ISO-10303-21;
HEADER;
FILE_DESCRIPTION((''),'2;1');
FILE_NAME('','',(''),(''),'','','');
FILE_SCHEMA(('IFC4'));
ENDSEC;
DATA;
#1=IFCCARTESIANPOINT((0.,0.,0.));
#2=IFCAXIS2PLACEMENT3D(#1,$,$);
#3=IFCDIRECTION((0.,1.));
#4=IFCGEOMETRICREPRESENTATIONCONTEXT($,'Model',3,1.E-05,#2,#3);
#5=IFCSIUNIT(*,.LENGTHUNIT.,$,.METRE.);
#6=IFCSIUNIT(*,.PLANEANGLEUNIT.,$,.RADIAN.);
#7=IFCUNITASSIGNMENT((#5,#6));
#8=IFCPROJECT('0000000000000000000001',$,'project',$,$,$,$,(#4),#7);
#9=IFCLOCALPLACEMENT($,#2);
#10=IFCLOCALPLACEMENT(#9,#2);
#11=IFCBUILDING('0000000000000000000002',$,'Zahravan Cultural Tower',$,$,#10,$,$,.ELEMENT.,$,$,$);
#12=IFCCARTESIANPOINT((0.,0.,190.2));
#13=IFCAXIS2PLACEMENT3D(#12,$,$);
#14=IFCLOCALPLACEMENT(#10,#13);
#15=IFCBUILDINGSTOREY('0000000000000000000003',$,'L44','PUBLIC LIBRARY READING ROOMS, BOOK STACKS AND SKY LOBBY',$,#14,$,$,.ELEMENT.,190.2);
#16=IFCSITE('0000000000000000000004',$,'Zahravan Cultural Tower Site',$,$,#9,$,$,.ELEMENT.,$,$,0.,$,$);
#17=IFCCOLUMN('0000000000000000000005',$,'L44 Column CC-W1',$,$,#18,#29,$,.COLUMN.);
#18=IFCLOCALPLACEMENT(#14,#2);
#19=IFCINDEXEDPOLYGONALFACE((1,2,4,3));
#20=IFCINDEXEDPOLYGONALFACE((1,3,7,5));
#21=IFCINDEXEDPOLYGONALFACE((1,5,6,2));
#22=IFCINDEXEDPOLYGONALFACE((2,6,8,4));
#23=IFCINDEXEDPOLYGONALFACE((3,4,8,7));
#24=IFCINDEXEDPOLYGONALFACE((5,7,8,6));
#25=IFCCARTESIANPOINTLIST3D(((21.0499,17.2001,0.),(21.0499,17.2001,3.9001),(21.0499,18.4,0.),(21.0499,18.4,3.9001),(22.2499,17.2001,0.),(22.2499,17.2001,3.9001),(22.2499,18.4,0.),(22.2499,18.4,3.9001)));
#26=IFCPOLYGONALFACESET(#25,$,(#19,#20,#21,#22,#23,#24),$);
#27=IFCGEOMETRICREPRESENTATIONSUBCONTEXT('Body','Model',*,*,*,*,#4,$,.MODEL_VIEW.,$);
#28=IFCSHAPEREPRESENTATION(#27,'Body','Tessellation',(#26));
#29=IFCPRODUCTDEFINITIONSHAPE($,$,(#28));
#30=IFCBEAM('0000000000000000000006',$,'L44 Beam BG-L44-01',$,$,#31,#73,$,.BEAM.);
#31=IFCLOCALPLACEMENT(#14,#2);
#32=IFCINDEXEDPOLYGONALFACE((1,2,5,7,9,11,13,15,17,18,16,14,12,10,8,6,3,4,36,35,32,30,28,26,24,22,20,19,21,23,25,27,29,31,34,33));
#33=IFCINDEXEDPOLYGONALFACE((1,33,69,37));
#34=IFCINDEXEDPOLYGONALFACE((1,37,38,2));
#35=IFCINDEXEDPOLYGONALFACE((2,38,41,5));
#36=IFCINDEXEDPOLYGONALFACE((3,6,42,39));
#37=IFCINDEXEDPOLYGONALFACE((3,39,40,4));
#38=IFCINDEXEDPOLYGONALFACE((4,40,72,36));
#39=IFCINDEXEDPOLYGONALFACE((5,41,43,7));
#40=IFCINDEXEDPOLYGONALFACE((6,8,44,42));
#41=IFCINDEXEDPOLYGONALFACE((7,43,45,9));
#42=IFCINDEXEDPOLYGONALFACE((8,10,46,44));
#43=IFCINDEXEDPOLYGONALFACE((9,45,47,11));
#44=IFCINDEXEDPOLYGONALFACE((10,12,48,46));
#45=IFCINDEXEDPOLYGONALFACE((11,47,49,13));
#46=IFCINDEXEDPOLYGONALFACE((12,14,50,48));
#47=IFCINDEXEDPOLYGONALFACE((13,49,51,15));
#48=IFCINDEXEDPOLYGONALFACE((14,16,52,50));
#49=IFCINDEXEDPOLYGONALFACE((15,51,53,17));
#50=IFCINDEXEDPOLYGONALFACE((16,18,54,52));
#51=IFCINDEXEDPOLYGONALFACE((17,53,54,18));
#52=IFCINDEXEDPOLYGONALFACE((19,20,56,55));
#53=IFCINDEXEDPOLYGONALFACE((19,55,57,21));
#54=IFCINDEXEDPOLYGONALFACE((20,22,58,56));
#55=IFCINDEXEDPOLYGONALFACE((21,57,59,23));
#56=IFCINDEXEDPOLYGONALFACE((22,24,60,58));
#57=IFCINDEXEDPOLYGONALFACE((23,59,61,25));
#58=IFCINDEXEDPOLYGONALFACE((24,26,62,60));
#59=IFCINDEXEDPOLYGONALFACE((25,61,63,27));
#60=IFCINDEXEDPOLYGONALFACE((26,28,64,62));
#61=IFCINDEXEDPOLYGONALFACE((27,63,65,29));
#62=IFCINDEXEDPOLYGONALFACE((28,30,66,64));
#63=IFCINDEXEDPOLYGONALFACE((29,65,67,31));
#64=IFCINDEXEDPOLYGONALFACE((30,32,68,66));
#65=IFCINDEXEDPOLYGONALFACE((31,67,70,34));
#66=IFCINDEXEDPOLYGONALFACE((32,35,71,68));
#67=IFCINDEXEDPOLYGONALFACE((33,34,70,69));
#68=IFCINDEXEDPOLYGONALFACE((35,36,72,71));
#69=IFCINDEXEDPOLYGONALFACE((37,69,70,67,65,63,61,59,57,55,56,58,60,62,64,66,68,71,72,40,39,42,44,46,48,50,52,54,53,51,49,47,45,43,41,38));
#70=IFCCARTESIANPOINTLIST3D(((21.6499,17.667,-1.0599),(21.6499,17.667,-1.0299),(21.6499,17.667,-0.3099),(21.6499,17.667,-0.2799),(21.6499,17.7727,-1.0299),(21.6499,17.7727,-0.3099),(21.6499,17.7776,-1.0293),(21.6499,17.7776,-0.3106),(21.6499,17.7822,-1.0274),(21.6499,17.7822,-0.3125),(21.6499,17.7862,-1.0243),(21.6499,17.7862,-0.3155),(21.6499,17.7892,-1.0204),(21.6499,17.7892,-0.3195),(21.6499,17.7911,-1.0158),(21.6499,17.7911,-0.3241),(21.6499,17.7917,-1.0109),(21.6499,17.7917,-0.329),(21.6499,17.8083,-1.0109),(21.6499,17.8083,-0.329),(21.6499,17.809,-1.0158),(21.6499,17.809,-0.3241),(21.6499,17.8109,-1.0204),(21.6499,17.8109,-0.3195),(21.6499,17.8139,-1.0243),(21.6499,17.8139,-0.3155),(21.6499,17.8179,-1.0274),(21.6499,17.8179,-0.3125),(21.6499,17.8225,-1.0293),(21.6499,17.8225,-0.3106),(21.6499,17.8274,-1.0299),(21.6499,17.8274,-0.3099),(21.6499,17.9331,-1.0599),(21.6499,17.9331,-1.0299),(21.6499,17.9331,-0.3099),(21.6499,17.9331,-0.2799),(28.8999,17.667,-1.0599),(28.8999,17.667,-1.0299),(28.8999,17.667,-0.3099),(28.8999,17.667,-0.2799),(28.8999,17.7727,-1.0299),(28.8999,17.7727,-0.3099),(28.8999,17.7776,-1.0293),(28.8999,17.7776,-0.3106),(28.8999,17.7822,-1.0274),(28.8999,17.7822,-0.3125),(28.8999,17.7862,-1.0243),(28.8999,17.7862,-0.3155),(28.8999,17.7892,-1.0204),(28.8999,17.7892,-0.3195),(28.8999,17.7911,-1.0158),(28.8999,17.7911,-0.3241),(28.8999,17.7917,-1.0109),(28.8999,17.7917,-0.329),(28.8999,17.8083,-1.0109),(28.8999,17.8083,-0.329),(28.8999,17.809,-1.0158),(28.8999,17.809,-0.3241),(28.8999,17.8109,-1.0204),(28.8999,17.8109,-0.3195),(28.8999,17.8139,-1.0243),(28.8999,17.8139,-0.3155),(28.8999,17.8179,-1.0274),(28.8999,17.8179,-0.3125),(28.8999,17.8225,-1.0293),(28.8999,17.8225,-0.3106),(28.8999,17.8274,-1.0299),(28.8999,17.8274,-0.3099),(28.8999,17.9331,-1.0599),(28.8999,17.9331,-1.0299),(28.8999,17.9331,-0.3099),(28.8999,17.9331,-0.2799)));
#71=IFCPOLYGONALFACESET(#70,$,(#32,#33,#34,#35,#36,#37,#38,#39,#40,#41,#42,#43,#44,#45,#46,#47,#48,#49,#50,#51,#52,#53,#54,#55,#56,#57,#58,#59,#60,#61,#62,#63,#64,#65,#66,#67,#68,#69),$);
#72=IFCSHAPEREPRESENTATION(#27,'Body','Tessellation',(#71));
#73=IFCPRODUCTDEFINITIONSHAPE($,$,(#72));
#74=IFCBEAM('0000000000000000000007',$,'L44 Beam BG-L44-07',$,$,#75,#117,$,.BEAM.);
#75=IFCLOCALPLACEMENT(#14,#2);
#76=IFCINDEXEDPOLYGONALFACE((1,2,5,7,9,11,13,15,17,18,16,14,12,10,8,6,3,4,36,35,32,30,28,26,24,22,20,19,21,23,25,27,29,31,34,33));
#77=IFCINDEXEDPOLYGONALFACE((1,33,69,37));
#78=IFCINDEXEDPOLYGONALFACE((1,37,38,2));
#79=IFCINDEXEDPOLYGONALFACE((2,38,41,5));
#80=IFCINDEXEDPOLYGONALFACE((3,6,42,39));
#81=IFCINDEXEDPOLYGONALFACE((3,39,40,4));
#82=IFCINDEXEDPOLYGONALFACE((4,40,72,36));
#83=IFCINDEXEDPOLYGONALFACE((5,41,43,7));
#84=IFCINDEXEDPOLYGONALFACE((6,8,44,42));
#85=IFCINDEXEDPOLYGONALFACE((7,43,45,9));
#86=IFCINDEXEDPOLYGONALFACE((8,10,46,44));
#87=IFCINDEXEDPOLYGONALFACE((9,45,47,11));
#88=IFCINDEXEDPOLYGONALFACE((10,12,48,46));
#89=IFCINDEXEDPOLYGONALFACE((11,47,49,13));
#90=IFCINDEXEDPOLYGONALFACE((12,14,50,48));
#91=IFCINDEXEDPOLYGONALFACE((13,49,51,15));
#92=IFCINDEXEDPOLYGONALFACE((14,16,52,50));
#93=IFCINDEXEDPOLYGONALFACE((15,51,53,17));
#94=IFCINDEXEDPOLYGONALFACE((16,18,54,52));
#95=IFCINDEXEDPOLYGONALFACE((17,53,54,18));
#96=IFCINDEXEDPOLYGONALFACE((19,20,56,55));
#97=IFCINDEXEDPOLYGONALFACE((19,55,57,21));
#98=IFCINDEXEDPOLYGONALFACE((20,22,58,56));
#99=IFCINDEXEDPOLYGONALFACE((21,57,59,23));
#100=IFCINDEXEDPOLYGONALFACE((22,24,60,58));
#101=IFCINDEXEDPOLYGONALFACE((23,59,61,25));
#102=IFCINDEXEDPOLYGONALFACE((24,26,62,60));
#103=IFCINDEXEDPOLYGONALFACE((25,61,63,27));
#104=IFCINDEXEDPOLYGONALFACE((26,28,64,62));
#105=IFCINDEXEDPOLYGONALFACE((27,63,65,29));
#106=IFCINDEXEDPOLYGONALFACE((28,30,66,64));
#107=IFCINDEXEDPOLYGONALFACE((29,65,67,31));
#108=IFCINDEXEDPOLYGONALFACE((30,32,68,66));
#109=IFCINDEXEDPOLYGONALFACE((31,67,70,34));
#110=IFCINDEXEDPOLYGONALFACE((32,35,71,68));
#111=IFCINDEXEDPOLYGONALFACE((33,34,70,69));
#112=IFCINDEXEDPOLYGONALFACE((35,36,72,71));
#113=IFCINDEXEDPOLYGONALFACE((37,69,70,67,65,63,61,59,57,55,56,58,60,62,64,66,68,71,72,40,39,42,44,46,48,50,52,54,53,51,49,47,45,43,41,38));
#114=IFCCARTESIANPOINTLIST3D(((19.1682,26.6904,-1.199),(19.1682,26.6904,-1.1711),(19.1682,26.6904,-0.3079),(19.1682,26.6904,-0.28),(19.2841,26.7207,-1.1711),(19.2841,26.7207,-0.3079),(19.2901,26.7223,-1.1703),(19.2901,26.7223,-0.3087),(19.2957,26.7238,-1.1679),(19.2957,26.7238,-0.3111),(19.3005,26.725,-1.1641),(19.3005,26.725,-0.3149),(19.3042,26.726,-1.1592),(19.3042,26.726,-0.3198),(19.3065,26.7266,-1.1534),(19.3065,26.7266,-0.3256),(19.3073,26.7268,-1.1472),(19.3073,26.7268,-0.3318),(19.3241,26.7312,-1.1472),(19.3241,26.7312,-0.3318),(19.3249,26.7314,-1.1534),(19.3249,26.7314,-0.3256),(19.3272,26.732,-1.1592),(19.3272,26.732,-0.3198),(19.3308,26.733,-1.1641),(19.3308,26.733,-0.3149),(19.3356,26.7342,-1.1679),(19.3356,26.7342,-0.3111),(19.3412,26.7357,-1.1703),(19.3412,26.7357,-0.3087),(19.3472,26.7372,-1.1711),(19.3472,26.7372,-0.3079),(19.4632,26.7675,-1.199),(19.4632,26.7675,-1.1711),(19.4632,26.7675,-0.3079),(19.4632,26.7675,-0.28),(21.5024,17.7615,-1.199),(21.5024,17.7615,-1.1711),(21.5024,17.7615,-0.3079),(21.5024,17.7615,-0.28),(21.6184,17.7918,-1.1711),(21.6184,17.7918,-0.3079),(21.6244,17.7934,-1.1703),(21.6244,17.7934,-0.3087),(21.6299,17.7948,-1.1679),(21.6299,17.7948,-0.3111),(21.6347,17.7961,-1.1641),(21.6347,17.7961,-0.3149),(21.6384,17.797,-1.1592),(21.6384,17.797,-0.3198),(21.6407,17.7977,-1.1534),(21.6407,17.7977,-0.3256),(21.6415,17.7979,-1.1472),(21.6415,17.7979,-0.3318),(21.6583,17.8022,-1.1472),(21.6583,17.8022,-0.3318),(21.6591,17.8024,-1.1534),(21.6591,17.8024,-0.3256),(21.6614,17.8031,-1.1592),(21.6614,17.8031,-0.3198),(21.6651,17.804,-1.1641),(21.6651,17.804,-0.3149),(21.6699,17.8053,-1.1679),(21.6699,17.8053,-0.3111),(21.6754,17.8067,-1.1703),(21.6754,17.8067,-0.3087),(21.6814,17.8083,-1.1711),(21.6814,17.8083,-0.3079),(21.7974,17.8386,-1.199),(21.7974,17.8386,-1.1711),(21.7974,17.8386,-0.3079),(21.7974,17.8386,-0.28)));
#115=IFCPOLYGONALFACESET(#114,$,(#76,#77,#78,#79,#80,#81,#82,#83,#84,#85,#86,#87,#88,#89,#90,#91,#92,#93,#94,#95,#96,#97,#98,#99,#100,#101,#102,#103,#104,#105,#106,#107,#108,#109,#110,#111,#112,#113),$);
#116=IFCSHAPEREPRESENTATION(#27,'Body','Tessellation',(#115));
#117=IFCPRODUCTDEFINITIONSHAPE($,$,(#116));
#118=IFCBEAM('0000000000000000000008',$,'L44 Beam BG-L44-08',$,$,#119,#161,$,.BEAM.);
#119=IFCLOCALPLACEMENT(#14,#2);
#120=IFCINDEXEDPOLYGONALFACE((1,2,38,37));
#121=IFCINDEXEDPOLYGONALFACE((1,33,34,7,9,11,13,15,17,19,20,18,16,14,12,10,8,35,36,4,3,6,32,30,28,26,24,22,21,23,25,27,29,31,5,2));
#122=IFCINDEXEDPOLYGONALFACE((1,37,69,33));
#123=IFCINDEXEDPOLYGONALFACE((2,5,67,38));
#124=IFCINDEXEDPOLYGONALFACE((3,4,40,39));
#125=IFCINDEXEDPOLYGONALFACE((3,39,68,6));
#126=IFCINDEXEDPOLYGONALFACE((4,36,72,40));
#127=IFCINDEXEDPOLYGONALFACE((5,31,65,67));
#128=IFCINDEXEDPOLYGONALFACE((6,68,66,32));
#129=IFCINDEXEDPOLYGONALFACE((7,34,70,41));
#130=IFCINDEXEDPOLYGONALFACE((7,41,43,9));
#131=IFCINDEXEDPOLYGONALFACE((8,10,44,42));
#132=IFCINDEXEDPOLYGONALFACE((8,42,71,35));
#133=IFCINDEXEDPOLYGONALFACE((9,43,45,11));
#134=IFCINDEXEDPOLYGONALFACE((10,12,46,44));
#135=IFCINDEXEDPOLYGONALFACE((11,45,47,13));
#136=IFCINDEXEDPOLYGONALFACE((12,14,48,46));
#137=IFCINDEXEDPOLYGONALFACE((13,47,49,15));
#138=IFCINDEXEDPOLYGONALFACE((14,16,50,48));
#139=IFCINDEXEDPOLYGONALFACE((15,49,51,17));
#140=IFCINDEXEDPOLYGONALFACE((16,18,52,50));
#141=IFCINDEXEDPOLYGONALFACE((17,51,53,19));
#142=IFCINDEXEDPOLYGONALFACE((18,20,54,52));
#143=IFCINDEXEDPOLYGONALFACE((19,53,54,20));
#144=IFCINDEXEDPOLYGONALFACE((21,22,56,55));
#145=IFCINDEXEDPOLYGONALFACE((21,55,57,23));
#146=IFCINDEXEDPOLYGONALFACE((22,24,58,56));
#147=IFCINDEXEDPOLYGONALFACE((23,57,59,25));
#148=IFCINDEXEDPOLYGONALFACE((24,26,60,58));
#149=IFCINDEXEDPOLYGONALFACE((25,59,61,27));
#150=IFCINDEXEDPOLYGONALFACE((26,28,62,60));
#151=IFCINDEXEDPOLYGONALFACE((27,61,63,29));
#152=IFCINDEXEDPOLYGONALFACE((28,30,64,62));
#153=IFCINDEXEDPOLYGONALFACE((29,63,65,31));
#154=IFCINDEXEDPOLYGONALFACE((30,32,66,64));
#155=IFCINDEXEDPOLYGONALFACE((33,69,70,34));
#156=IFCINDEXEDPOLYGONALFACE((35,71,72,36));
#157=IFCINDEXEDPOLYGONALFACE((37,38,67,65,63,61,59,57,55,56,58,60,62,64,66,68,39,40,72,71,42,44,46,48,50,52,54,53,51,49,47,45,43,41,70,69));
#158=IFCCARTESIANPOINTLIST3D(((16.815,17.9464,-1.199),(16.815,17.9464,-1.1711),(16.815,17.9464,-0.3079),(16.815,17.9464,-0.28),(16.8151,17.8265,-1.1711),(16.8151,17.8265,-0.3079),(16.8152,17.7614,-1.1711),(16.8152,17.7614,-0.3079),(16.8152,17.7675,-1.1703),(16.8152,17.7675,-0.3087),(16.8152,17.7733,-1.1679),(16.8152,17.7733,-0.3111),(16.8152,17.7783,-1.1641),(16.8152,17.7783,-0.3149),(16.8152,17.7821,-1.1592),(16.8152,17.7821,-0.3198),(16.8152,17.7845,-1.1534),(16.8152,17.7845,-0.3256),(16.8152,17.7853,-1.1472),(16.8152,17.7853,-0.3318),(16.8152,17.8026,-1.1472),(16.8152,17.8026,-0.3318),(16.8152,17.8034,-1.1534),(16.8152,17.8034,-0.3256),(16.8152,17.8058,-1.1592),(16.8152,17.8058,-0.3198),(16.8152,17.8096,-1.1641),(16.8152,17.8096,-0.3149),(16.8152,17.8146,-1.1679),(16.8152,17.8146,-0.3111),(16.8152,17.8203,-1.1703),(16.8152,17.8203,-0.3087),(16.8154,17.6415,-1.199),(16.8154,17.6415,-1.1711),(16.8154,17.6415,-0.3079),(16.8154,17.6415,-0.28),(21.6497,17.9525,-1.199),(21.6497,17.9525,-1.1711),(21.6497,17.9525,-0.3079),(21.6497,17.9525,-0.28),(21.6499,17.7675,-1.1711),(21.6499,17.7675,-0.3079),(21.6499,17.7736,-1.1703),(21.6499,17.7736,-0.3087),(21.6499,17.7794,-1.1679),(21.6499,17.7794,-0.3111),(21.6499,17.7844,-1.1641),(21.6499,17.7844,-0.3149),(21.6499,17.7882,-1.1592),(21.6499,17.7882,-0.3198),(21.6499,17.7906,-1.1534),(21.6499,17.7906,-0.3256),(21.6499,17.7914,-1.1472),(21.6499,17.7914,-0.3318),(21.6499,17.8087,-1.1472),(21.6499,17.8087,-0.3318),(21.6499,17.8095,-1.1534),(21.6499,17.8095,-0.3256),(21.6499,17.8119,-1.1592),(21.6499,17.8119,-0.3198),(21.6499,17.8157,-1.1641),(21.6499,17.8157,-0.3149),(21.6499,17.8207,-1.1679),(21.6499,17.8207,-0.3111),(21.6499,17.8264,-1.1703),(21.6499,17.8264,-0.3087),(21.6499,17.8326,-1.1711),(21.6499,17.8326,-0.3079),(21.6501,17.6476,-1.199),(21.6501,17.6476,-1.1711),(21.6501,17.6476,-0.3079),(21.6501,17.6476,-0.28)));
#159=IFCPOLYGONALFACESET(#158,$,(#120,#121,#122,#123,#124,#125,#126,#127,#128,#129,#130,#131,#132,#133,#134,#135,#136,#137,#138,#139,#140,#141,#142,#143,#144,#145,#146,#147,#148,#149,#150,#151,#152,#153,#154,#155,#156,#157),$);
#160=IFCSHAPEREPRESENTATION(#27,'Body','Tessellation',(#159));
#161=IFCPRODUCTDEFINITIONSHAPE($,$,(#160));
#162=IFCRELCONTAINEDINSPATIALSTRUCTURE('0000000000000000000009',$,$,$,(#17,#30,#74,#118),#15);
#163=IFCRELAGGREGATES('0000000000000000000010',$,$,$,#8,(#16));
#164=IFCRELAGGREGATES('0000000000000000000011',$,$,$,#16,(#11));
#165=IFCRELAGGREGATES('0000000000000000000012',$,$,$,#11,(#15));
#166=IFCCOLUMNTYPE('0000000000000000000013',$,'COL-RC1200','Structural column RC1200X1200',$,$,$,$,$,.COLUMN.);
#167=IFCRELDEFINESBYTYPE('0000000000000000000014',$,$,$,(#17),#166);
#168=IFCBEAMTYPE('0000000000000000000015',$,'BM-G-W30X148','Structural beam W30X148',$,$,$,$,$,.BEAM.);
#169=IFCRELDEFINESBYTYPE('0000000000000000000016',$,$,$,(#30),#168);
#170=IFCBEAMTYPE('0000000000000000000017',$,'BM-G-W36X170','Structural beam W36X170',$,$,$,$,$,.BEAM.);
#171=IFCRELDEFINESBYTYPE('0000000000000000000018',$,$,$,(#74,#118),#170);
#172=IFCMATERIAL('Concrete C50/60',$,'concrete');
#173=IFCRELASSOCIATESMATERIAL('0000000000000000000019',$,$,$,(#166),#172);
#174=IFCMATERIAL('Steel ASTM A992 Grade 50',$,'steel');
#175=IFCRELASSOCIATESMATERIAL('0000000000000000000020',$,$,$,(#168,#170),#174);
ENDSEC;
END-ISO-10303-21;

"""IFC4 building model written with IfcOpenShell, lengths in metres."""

from ifc_helpers import new_model, si_unit, direction, frame, origin, origin_2d, place, context, subcontext, project, spatial, rectangle, i_section, extrude, source, transform, mapped, material, material_profile, profile_set, type_object, element, save


model = new_model("IFC4")

# Units and contexts
model_context = context("Model", 3, precision=1e-05, world=origin(), true_north=direction((0.0, 1.0)))
body_context = subcontext(model_context, "Body", "Model", "MODEL_VIEW")
ifc_project = project(units=[si_unit("LENGTHUNIT", "METRE"), si_unit("PLANEANGLEUNIT", "RADIAN")], contexts=[model_context])

# Site, building, storey
site_placement = place(None, origin())
site = spatial("IfcSite", under=ifc_project, at=site_placement, Name="Zahravan Cultural Tower Site", CompositionType="ELEMENT", RefElevation=0.0)
building_placement = place(site_placement, origin())
building = spatial("IfcBuilding", under=site, at=building_placement, Name="Zahravan Cultural Tower", CompositionType="ELEMENT")
storey_placement = place(building_placement, frame((0.0, 0.0, 190.2)))
storey = spatial("IfcBuildingStorey", under=building, at=storey_placement, Name="L44", Description="PUBLIC LIBRARY READING ROOMS, BOOK STACKS AND SKY LOBBY", CompositionType="ELEMENT", Elevation=190.2)

# Column
ifc_material_1 = material(Name="Concrete C50/60", Category="concrete")
ifc_material_profile_1 = material_profile(ifc_material_1, rectangle(XDim=1.2, YDim=1.2, at=origin_2d()), Name="RC1200X1200")
ifc_profile_set_1 = profile_set([ifc_material_profile_1], Name="Concrete C50/60")
column_type = type_object("IfcColumnType", Name="COL-RC1200", Description="Structural column RC1200X1200", PredefinedType="COLUMN", material=ifc_profile_set_1)
shared_shape_1 = source(origin(), body_context, "Body", "SweptSolid", [
    extrude(rectangle(XDim=1.2, YDim=1.2, at=origin_2d()), origin(), (0.0, 0.0, 1.0), 3.9001),
])
column_placement = place(storey_placement, frame((21.6499, 17.8, 0.0), z_axis=(0.0, 0.0, 1.0), x_axis=(1.0, 0.0, 0.0)))
element("IfcColumn", 1, at=column_placement, inside=storey, type_object=column_type, Name="L44 Column CC-W1", PredefinedType="COLUMN", context=body_context, shape_type="MappedRepresentation", body=[
    mapped(shared_shape_1, transform((0.0, 0.0, 0.0), x_axis=(1.0, 0.0, 0.0), y_axis=(0.0, 1.0, 0.0), z_axis=(0.0, 0.0, 1.0), scale=1.0)),
])

# Beams
ifc_material_2 = material(Name="Steel ASTM A992 Grade 50", Category="steel")
ifc_material_profile_2 = material_profile(ifc_material_2, i_section(OverallWidth=0.2661, OverallDepth=0.78, WebThickness=0.0166, FlangeThickness=0.03, FilletRadius=0.019, at=origin_2d()), Name="W30X148")
ifc_profile_set_2 = profile_set([ifc_material_profile_2], Name="Steel ASTM A992 Grade 50")
beam_type_1 = type_object("IfcBeamType", Name="BM-G-W30X148", Description="Structural beam W30X148", PredefinedType="BEAM", material=ifc_profile_set_2)
shared_shape_2 = source(origin(), body_context, "Body", "SweptSolid", [
    extrude(i_section(OverallWidth=0.2661, OverallDepth=0.78, WebThickness=0.0166, FlangeThickness=0.03, FilletRadius=0.019, at=origin_2d()), origin(), (0.0, 0.0, 1.0), 7.25),
])
beam_1_placement = place(storey_placement, frame((21.6499, 17.8, -0.6699), z_axis=(1.0, 0.0, 0.0), x_axis=(0.0, 1.0, 0.0)))
element("IfcBeam", 2, at=beam_1_placement, inside=storey, type_object=beam_type_1, Name="L44 Beam BG-L44-01", PredefinedType="BEAM", context=body_context, shape_type="MappedRepresentation", body=[
    mapped(shared_shape_2, transform((0.0, 0.0, 0.0), x_axis=(1.0, 0.0, 0.0), y_axis=(0.0, 1.0, 0.0), z_axis=(0.0, 0.0, 1.0), scale=1.0)),
])
ifc_material_profile_3 = material_profile(ifc_material_2, i_section(OverallWidth=0.3049, OverallDepth=0.9189, WebThickness=0.0173, FlangeThickness=0.0278, FilletRadius=0.0239, at=origin_2d()), Name="W36X170")
ifc_profile_set_3 = profile_set([ifc_material_profile_3], Name="Steel ASTM A992 Grade 50")
beam_type_2 = type_object("IfcBeamType", Name="BM-G-W36X170", Description="Structural beam W36X170", PredefinedType="BEAM", material=ifc_profile_set_3)
shared_shape_3 = source(origin(), body_context, "Body", "SweptSolid", [
    extrude(i_section(OverallWidth=0.3049, OverallDepth=0.9189, WebThickness=0.0173, FlangeThickness=0.0278, FilletRadius=0.0239, at=origin_2d()), origin(), (0.0, 0.0, 1.0), 9.229),
])
beam_2_placement = place(storey_placement, frame((21.6499, 17.8, -0.7395), z_axis=(-0.252923, 0.967487, 0.0), x_axis=(-0.967487, -0.252923, 0.0)))
element("IfcBeam", 3, at=beam_2_placement, inside=storey, type_object=beam_type_2, Name="L44 Beam BG-L44-07", PredefinedType="BEAM", context=body_context, shape_type="MappedRepresentation", body=[
    mapped(shared_shape_3, transform((0.0, 0.0, 0.0), x_axis=(1.0, 0.0, 0.0), y_axis=(0.0, 1.0, 0.0), z_axis=(0.0, 0.0, 1.0), scale=1.0)),
])
shared_shape_4 = source(origin(), body_context, "Body", "SweptSolid", [
    extrude(i_section(OverallWidth=0.3049, OverallDepth=0.9189, WebThickness=0.0173, FlangeThickness=0.0278, FilletRadius=0.0239, at=origin_2d()), origin(), (0.0, 0.0, 1.0), 4.8347),
])
beam_3_placement = place(storey_placement, frame((21.6499, 17.8, -0.7395), z_axis=(-0.999999, -0.001262, 0.0), x_axis=(0.001262, -0.999999, 0.0)))
element("IfcBeam", 4, at=beam_3_placement, inside=storey, type_object=beam_type_2, Name="L44 Beam BG-L44-08", PredefinedType="BEAM", context=body_context, shape_type="MappedRepresentation", body=[
    mapped(shared_shape_4, transform((0.0, 0.0, 0.0), x_axis=(1.0, 0.0, 0.0), y_axis=(0.0, 1.0, 0.0), z_axis=(0.0, 0.0, 1.0), scale=1.0)),
])

save(model, "model.ifc")
